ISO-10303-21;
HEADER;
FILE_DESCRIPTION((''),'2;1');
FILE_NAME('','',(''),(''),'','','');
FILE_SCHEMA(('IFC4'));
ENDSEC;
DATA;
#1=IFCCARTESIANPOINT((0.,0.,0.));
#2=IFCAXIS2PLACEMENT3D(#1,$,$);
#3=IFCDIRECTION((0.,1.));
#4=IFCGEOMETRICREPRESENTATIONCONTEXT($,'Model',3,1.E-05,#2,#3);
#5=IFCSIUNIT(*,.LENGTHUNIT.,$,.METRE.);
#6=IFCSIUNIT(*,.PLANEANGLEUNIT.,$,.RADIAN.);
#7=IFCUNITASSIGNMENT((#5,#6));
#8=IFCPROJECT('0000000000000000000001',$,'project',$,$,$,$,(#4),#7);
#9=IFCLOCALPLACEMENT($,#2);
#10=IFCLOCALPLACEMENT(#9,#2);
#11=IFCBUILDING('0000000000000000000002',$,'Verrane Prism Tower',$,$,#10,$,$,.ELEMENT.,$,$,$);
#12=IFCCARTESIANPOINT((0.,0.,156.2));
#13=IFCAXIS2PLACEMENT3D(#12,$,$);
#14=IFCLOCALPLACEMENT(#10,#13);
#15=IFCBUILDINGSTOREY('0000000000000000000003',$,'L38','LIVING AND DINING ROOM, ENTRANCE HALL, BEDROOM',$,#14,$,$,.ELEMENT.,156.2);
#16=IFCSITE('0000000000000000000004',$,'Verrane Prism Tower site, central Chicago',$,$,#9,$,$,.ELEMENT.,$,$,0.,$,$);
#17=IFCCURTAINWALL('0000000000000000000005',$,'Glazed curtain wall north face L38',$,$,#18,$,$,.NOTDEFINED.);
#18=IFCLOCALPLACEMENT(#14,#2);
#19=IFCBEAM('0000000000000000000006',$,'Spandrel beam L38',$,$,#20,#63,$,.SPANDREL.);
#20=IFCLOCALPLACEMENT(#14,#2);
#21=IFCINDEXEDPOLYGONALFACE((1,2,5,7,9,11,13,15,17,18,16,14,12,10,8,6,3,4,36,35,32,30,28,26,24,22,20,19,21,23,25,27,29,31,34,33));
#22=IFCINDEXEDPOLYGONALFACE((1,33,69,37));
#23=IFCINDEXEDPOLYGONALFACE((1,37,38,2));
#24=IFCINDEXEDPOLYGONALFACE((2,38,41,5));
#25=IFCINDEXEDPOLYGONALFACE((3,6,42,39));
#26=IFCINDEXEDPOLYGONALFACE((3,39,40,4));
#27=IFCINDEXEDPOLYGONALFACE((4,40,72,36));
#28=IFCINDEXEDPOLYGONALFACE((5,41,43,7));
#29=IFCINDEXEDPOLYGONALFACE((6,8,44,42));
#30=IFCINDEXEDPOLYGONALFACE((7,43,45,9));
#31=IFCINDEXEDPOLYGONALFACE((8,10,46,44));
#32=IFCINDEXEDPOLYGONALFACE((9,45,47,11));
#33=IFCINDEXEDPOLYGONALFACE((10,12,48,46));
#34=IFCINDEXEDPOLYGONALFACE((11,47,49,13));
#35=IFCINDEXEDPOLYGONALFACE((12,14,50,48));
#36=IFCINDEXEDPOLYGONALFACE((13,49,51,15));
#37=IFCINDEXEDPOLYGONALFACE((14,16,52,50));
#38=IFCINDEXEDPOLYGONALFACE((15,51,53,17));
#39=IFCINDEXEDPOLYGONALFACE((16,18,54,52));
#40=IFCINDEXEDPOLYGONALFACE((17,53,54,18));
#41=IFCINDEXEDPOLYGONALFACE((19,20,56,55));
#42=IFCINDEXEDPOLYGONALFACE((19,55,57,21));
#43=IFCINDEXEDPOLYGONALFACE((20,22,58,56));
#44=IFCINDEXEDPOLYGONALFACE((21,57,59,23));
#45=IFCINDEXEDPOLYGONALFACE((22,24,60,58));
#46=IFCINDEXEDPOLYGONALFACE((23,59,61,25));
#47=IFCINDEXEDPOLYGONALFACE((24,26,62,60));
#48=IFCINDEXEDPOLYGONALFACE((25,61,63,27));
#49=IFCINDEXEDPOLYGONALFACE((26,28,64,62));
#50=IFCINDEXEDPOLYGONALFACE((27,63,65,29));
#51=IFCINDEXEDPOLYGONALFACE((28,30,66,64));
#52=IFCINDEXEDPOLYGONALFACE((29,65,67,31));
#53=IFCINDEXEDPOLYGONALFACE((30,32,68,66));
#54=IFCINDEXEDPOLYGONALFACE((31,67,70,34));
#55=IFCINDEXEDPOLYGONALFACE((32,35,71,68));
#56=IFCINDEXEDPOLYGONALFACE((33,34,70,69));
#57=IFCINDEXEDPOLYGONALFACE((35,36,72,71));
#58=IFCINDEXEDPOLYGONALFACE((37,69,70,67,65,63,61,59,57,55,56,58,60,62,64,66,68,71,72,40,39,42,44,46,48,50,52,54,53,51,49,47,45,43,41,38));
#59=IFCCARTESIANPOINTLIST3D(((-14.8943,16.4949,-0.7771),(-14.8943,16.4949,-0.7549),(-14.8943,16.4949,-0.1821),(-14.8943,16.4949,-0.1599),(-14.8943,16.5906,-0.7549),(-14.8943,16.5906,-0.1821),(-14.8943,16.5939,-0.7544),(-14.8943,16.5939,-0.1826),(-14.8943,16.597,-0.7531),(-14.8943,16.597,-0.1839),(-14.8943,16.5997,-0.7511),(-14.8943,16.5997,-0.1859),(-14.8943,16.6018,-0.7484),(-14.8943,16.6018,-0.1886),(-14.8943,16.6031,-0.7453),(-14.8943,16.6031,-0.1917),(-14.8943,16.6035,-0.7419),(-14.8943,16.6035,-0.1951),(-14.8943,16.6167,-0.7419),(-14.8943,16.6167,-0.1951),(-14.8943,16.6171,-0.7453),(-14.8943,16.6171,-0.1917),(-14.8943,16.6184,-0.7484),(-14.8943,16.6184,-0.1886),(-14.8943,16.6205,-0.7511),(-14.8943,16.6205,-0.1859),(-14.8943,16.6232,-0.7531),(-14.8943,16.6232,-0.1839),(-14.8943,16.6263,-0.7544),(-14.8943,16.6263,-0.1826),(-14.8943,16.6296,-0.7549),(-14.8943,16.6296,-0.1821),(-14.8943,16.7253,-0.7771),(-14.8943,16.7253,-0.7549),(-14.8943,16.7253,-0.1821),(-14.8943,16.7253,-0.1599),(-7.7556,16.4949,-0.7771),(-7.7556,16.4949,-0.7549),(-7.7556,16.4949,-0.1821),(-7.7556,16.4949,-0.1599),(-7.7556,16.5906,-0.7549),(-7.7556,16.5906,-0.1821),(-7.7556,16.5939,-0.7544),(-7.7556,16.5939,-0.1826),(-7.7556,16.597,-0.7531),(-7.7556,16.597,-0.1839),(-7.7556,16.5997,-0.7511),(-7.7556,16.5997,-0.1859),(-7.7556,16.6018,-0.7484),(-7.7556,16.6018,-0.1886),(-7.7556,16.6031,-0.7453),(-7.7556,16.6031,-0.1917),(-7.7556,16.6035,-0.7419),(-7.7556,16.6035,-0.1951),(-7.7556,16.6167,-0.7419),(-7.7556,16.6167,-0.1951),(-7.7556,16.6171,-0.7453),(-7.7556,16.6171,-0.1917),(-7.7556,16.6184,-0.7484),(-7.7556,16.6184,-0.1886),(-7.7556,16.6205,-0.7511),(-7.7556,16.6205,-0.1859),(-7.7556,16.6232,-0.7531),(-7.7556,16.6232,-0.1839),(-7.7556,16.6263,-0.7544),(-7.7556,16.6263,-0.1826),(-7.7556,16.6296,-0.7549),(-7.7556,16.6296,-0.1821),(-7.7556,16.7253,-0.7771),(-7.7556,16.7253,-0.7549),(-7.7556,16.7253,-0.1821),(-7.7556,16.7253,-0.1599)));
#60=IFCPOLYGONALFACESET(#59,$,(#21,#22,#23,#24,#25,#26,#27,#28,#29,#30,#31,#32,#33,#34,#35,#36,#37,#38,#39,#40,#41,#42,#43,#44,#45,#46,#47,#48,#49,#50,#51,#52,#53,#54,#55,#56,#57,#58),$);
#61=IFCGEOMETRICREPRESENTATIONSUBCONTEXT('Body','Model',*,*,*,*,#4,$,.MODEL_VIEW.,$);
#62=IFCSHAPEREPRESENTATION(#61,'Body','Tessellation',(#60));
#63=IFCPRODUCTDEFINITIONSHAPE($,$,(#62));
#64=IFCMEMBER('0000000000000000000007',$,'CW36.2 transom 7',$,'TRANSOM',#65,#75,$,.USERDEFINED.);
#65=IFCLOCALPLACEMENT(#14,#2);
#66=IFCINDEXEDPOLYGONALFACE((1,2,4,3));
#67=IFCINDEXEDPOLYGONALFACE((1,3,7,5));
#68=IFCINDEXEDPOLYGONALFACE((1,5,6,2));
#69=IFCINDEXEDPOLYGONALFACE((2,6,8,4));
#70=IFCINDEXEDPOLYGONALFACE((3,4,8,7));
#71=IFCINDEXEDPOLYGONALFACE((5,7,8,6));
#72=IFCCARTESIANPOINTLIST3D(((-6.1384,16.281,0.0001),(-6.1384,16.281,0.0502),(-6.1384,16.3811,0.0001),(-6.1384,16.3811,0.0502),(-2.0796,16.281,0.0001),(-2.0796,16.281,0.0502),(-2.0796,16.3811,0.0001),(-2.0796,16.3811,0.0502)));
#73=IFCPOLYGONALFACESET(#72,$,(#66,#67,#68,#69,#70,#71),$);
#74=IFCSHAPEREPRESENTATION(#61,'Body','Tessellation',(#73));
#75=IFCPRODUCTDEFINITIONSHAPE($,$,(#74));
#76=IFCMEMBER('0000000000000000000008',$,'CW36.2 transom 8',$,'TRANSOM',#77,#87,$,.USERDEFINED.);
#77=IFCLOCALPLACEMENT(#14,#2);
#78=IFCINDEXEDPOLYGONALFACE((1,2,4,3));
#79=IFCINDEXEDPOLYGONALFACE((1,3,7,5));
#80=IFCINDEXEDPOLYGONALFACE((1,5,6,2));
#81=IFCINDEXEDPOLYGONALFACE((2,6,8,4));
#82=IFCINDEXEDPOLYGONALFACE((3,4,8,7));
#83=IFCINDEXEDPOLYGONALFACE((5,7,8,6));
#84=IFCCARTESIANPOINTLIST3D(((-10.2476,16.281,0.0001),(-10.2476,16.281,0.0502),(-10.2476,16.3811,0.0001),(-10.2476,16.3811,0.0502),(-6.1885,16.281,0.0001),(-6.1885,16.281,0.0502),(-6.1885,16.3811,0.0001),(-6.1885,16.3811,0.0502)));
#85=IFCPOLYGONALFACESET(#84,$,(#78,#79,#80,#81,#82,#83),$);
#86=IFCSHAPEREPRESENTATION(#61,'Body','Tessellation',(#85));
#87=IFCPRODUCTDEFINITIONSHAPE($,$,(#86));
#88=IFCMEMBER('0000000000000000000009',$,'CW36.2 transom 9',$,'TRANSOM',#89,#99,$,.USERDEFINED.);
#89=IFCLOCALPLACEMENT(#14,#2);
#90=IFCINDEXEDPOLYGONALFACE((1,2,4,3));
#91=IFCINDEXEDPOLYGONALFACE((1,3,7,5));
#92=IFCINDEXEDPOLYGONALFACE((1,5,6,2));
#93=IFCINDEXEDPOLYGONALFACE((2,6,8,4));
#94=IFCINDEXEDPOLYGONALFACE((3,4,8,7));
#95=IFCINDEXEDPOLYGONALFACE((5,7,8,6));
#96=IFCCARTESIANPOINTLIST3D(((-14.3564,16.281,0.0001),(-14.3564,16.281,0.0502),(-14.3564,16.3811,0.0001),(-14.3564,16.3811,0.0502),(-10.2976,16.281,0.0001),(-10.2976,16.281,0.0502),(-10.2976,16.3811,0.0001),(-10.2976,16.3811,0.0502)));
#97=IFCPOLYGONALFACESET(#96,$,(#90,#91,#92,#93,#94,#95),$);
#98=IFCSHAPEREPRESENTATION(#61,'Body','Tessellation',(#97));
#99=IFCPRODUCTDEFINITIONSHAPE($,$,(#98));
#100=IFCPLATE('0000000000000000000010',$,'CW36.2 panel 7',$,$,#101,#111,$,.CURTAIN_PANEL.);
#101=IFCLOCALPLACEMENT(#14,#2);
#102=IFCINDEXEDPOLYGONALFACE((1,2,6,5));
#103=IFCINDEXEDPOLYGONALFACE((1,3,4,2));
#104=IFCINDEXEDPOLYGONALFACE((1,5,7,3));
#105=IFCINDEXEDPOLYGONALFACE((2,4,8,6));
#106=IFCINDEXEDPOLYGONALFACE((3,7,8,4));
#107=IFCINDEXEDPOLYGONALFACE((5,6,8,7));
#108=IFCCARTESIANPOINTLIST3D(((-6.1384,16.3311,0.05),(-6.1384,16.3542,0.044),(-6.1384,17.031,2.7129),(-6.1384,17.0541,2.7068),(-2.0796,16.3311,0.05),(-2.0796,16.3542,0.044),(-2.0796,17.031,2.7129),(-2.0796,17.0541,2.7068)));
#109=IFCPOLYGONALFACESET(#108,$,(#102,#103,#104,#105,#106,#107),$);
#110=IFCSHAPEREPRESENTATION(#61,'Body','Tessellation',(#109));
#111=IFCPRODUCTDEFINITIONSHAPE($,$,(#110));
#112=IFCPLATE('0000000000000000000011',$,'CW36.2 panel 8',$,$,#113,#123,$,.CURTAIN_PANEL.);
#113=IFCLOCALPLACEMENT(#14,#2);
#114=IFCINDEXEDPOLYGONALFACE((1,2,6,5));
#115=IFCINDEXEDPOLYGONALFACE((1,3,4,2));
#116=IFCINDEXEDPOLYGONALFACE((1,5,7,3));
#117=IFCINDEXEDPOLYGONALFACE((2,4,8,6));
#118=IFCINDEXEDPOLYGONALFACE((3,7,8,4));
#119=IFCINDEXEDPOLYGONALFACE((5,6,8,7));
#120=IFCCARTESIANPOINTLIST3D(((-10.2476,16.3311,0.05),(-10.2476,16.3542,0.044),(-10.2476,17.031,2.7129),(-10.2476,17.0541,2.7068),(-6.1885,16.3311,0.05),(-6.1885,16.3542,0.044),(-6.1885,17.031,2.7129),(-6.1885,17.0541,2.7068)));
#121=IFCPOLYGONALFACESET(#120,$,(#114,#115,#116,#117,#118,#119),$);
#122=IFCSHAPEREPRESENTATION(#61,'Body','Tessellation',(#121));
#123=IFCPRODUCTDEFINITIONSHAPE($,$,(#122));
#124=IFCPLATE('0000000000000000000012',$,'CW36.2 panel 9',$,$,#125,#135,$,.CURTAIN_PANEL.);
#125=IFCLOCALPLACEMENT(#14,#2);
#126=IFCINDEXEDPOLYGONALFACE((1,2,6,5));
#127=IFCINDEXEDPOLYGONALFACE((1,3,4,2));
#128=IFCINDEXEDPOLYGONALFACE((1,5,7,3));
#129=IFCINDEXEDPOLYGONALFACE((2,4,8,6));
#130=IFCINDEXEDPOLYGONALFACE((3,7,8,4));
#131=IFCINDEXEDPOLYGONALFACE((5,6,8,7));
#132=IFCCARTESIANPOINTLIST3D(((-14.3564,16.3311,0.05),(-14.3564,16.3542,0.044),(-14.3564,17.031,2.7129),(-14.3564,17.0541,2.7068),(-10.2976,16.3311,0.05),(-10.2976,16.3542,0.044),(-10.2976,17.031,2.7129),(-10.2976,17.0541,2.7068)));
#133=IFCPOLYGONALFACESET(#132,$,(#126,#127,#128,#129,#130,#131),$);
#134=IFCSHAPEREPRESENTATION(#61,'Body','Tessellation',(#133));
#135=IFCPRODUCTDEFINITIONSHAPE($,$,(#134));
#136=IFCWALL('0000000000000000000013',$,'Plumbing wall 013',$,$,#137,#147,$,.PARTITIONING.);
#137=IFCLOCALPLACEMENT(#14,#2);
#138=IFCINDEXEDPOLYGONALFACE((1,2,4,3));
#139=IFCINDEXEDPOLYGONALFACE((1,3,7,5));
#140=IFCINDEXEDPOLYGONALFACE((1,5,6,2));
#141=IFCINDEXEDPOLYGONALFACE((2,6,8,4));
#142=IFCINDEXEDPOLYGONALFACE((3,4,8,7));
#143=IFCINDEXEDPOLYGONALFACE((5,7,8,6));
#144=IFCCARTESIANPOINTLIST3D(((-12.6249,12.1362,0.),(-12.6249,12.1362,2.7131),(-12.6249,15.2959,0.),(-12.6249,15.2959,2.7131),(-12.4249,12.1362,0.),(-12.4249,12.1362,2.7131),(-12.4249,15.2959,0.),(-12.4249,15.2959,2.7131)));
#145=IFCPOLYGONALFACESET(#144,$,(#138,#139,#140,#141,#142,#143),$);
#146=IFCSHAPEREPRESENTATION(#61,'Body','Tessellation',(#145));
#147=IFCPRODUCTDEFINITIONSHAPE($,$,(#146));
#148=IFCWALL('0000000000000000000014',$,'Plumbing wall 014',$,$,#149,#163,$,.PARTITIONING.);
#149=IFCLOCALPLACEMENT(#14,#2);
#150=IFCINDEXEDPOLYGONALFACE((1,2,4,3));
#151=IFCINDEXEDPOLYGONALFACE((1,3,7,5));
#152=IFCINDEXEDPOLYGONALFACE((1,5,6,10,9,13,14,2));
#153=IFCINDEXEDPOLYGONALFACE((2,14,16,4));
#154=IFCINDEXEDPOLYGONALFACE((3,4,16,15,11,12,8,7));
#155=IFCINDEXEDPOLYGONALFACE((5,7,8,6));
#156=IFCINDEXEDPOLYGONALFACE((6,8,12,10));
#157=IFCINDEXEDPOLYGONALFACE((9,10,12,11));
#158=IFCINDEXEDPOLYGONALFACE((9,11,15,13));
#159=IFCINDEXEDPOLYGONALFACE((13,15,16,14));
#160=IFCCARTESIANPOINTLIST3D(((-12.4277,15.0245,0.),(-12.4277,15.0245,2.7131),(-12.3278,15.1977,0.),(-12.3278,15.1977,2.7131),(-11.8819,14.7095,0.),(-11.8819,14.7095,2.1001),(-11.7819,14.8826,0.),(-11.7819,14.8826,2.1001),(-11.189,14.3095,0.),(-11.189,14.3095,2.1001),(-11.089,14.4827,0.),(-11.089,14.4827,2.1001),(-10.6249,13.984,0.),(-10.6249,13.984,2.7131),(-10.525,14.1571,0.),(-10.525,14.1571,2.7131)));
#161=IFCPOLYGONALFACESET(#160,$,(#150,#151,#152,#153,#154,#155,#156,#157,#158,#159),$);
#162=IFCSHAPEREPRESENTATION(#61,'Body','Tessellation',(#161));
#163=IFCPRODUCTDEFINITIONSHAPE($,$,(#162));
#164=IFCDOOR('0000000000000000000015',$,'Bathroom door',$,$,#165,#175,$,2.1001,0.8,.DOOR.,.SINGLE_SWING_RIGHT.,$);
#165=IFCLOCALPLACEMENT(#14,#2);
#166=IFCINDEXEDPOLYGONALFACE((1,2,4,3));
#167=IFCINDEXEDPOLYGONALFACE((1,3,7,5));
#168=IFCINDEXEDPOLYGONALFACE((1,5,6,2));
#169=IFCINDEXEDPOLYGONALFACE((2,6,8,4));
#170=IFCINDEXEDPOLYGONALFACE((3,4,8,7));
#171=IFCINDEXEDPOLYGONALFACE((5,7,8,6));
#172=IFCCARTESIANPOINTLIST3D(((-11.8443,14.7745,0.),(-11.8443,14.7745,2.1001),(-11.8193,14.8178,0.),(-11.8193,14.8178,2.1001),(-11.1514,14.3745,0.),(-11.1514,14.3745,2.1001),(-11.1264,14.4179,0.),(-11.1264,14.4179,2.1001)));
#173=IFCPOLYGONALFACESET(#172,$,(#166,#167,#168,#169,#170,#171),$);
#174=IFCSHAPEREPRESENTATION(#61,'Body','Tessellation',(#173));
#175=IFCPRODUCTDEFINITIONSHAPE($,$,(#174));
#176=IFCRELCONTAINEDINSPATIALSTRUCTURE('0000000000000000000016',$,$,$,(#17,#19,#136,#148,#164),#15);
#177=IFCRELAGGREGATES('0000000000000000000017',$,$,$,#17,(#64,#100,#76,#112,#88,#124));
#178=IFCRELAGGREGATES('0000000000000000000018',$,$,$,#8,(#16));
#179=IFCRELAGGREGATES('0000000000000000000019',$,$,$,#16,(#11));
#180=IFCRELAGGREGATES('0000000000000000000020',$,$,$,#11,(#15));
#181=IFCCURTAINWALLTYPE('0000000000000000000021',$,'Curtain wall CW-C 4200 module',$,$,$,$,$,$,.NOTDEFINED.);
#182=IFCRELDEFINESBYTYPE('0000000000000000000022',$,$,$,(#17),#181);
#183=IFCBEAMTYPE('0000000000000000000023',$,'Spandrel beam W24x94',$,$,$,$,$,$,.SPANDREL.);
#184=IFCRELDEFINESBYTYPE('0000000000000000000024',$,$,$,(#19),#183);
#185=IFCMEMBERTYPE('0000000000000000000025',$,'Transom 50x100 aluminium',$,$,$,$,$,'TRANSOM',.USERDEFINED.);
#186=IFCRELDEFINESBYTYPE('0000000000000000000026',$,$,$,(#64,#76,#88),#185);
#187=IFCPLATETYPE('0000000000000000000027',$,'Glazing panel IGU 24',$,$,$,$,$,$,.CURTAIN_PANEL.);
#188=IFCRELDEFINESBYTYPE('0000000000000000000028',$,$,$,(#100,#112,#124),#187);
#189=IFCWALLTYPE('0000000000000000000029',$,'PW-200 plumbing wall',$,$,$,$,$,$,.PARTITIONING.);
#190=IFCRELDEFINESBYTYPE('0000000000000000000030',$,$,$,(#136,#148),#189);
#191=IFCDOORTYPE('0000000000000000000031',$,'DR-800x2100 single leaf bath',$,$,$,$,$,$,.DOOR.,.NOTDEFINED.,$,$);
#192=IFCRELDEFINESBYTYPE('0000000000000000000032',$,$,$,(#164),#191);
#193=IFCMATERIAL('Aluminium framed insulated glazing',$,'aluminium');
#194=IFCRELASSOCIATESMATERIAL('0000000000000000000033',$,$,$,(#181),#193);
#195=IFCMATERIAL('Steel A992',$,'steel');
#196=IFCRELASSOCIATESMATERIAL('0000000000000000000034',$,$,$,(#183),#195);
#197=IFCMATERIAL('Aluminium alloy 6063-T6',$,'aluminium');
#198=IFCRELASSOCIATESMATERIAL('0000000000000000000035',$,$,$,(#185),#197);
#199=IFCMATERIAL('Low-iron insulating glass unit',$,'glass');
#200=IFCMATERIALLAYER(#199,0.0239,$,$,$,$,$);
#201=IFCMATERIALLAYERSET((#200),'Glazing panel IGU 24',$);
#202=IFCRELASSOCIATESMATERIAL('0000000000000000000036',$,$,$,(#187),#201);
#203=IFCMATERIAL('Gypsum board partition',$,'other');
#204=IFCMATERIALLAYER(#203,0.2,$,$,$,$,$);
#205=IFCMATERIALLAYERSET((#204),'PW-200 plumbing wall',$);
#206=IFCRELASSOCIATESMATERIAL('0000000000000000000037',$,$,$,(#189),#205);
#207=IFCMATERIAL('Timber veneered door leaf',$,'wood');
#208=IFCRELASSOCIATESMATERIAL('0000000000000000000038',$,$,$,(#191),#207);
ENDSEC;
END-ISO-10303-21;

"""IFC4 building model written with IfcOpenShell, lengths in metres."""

from ifc_helpers import new_model, si_unit, direction, frame, frame_2d, origin, origin_2d, place, context, subcontext, project, spatial, polyline, rectangle, i_section, outline, extrude, material, layer, layer_set, material_profile, profile_set, type_object, element, fill, aggregate, save


model = new_model("IFC4")

# Units and contexts
model_context = context("Model", 3, precision=1e-05, world=origin(), true_north=direction((0.0, 1.0)))
body_context = subcontext(model_context, "Body", "Model", "MODEL_VIEW")
ifc_project = project(units=[si_unit("LENGTHUNIT", "METRE"), si_unit("PLANEANGLEUNIT", "RADIAN")], contexts=[model_context])

# Site, building, storey
site_placement = place(None, origin())
site = spatial("IfcSite", under=ifc_project, at=site_placement, Name="Verrane Prism Tower site, central Chicago", CompositionType="ELEMENT", RefElevation=0.0)
building_placement = place(site_placement, origin())
building = spatial("IfcBuilding", under=site, at=building_placement, Name="Verrane Prism Tower", CompositionType="ELEMENT")
storey_placement = place(building_placement, frame((0.0, 0.0, 156.2)))
storey = spatial("IfcBuildingStorey", under=building, at=storey_placement, Name="L38", Description="LIVING AND DINING ROOM, ENTRANCE HALL, BEDROOM", CompositionType="ELEMENT", Elevation=156.2)

# Curtain wall
ifc_material_1 = material(Name="Aluminium framed insulated glazing", Category="aluminium")
curtain_wall_type = type_object("IfcCurtainWallType", Name="Curtain wall CW-C 4200 module", PredefinedType="NOTDEFINED", material=ifc_material_1)
curtain_wall_placement = place(storey_placement, origin())
curtain_wall = element("IfcCurtainWall", 1, at=curtain_wall_placement, inside=storey, type_object=curtain_wall_type, Name="Glazed curtain wall north face L38", PredefinedType="NOTDEFINED")

# Beam
ifc_material_2 = material(Name="Steel A992", Category="steel")
ifc_material_profile_1 = material_profile(ifc_material_2, i_section(OverallWidth=0.2305, OverallDepth=0.6172, WebThickness=0.0132, FlangeThickness=0.0222, FilletRadius=0.0129, at=origin_2d()), Name="W24x94")
ifc_profile_set_1 = profile_set([ifc_material_profile_1], Name="Steel A992")
beam_type_1 = type_object("IfcBeamType", Name="Spandrel beam W24x94", PredefinedType="SPANDREL", material=ifc_profile_set_1)
beam_1_placement = place(storey_placement, frame((-7.7556, 16.6101, -0.4685), z_axis=(-1.0, 0.0, 0.0), x_axis=(0.0, -1.0, 0.0)))
element("IfcBeam", 2, at=beam_1_placement, inside=storey, type_object=beam_type_1, Name="Spandrel beam L38", PredefinedType="SPANDREL", context=body_context, shape_type="SweptSolid", body=[
    extrude(i_section(OverallWidth=0.2305, OverallDepth=0.6172, WebThickness=0.0132, FlangeThickness=0.0222, FilletRadius=0.0129, at=origin_2d()), origin(), (0.0, 0.0, 1.0), 7.1387),
])

# Members
ifc_material_3 = material(Name="Aluminium alloy 6063-T6", Category="aluminium")
ifc_material_profile_2 = material_profile(ifc_material_3, rectangle(XDim=0.1001, YDim=0.05, at=origin_2d()), Name="Transom 50x100 aluminium")
ifc_profile_set_2 = profile_set([ifc_material_profile_2], Name="Aluminium alloy 6063-T6")
member_type_1 = type_object("IfcMemberType", Name="Transom 50x100 aluminium", ElementType="TRANSOM", PredefinedType="USERDEFINED", material=ifc_profile_set_2)
member_1_placement = place(storey_placement, frame((-2.0796, 16.3311, 0.0251), z_axis=(-1.0, 0.0, 0.0), x_axis=(0.0, -1.0, 0.0)))
member_1 = element("IfcMember", 3, at=member_1_placement, type_object=member_type_1, Name="CW36.2 transom 7", ObjectType="TRANSOM", PredefinedType="USERDEFINED", context=body_context, shape_type="SweptSolid", body=[
    extrude(rectangle(XDim=0.1001, YDim=0.05, at=origin_2d()), origin(), (0.0, 0.0, 1.0), 4.0588),
])
member_2_placement = place(storey_placement, frame((-6.1885, 16.3311, 0.0251), z_axis=(-1.0, 0.0, 0.0), x_axis=(0.0, -1.0, 0.0)))
member_2 = element("IfcMember", 4, at=member_2_placement, type_object=member_type_1, Name="CW36.2 transom 8", ObjectType="TRANSOM", PredefinedType="USERDEFINED", context=body_context, shape_type="SweptSolid", body=[
    extrude(rectangle(XDim=0.1001, YDim=0.05, at=origin_2d()), origin(), (0.0, 0.0, 1.0), 4.0591),
])
member_3_placement = place(storey_placement, frame((-10.2976, 16.3311, 0.0251), z_axis=(-1.0, 0.0, 0.0), x_axis=(0.0, -1.0, 0.0)))
member_3 = element("IfcMember", 5, at=member_3_placement, type_object=member_type_1, Name="CW36.2 transom 9", ObjectType="TRANSOM", PredefinedType="USERDEFINED", context=body_context, shape_type="SweptSolid", body=[
    extrude(rectangle(XDim=0.1001, YDim=0.05, at=origin_2d()), origin(), (0.0, 0.0, 1.0), 4.0588),
])

# Plates
ifc_material_4 = material(Name="Low-iron insulating glass unit", Category="glass")
ifc_layer_1 = layer(ifc_material_4, 0.0239)
ifc_layer_set_1 = layer_set([ifc_layer_1], Name="Glazing panel IGU 24")
plate_type = type_object("IfcPlateType", Name="Glazing panel IGU 24", PredefinedType="CURTAIN_PANEL", material=ifc_layer_set_1)
plate_1_placement = place(storey_placement, frame((-2.0796, 16.3311, 0.05), z_axis=(0.0, -0.967146, 0.254223), x_axis=(-1.0, 0.0, 0.0)))
plate_1 = element("IfcPlate", 6, at=plate_1_placement, type_object=plate_type, Name="CW36.2 panel 7", PredefinedType="CURTAIN_PANEL", context=body_context, shape_type="SweptSolid", body=[
    extrude(outline(polyline([(0.0, 0.0), (4.0588, 0.0), (4.0588, -2.7533), (0.0, -2.7533), (0.0, 0.0)])), origin(), (0.0, 0.0, -1.0), 0.0239),
])
plate_2_placement = place(storey_placement, frame((-6.1885, 16.3311, 0.05), z_axis=(0.0, -0.967146, 0.254223), x_axis=(-1.0, 0.0, 0.0)))
plate_2 = element("IfcPlate", 7, at=plate_2_placement, type_object=plate_type, Name="CW36.2 panel 8", PredefinedType="CURTAIN_PANEL", context=body_context, shape_type="SweptSolid", body=[
    extrude(outline(polyline([(0.0, 0.0), (4.0591, 0.0), (4.0591, -2.7533), (0.0, -2.7533), (0.0, 0.0)])), origin(), (0.0, 0.0, -1.0), 0.0239),
])
plate_3_placement = place(storey_placement, frame((-10.2976, 16.3311, 0.05), z_axis=(0.0, -0.967146, 0.254223), x_axis=(-1.0, 0.0, 0.0)))
plate_3 = element("IfcPlate", 8, at=plate_3_placement, type_object=plate_type, Name="CW36.2 panel 9", PredefinedType="CURTAIN_PANEL", context=body_context, shape_type="SweptSolid", body=[
    extrude(outline(polyline([(0.0, 0.0), (4.0588, 0.0), (4.0588, -2.7533), (0.0, -2.7533), (0.0, 0.0)])), origin(), (0.0, 0.0, -1.0), 0.0239),
])
aggregate(curtain_wall, [member_1, plate_1, member_2, plate_2, member_3, plate_3])

# Wall
ifc_material_5 = material(Name="Gypsum board partition", Category="other")
ifc_layer_2 = layer(ifc_material_5, 0.2)
ifc_layer_set_2 = layer_set([ifc_layer_2], Name="PW-200 plumbing wall")
wall_type = type_object("IfcWallType", Name="PW-200 plumbing wall", PredefinedType="PARTITIONING", material=ifc_layer_set_2)
wall_1_placement = place(storey_placement, frame((-12.5249, 12.1362, 0.0), z_axis=(0.0, 0.0, 1.0), x_axis=(0.0, 1.0, 0.0)))
element("IfcWall", 9, at=wall_1_placement, inside=storey, type_object=wall_type, Name="Plumbing wall 013", PredefinedType="PARTITIONING", context=body_context, shape_type="SweptSolid", body=[
    extrude(rectangle(XDim=3.1597, YDim=0.2, at=frame_2d((1.5798, 0.0))), origin(), (0.0, 0.0, 1.0), 2.7131),
])

# Wall, opening, door
wall_2_placement = place(storey_placement, frame((-10.575, 14.0706, 0.0), z_axis=(0.0, 0.0, 1.0), x_axis=(-0.866084, 0.499898, 0.0)))
wall_2 = element("IfcWall", 10, at=wall_2_placement, inside=storey, type_object=wall_type, Name="Plumbing wall 014", PredefinedType="PARTITIONING", context=body_context, shape_type="SweptSolid", body=[
    extrude(rectangle(XDim=2.0815, YDim=0.2, at=frame_2d((1.0408, 0.0))), origin(), (0.0, 0.0, 1.0), 2.7131),
])
opening_1_placement = place(wall_2_placement, frame((0.6514, 0.0, 0.0)))
opening_1 = element("IfcOpeningElement", 11, at=opening_1_placement, cuts=wall_2, PredefinedType="OPENING", context=body_context, shape_type="SweptSolid", body=[
    extrude(rectangle(XDim=0.8, YDim=2.1001, at=frame_2d((0.3999, 1.05))), frame((0.0, 0.1099, 0.0), z_axis=(0.0, -1.0, 0.0), x_axis=(1.0, 0.0, 0.0)), (0.0, 0.0, 1.0), 0.22),
])
ifc_material_6 = material(Name="Timber veneered door leaf", Category="wood")
door_type = type_object("IfcDoorType", Name="DR-800x2100 single leaf bath", OperationType="NOTDEFINED", PredefinedType="DOOR", material=ifc_material_6)
door_1_placement = place(opening_1_placement, origin())
door_1 = element("IfcDoor", 12, at=door_1_placement, inside=storey, type_object=door_type, Name="Bathroom door", OperationType="SINGLE_SWING_RIGHT", OverallHeight=2.1001, OverallWidth=0.8, PredefinedType="DOOR", context=body_context, shape_type="SweptSolid", body=[
    extrude(rectangle(XDim=0.8, YDim=2.1001, at=frame_2d((0.3999, 1.05))), frame((0.0, 0.0249, 0.0), z_axis=(0.0, -1.0, 0.0), x_axis=(1.0, 0.0, 0.0)), (0.0, 0.0, 1.0), 0.05),
])
fill(opening_1, door_1)

save(model, "model.ifc")
